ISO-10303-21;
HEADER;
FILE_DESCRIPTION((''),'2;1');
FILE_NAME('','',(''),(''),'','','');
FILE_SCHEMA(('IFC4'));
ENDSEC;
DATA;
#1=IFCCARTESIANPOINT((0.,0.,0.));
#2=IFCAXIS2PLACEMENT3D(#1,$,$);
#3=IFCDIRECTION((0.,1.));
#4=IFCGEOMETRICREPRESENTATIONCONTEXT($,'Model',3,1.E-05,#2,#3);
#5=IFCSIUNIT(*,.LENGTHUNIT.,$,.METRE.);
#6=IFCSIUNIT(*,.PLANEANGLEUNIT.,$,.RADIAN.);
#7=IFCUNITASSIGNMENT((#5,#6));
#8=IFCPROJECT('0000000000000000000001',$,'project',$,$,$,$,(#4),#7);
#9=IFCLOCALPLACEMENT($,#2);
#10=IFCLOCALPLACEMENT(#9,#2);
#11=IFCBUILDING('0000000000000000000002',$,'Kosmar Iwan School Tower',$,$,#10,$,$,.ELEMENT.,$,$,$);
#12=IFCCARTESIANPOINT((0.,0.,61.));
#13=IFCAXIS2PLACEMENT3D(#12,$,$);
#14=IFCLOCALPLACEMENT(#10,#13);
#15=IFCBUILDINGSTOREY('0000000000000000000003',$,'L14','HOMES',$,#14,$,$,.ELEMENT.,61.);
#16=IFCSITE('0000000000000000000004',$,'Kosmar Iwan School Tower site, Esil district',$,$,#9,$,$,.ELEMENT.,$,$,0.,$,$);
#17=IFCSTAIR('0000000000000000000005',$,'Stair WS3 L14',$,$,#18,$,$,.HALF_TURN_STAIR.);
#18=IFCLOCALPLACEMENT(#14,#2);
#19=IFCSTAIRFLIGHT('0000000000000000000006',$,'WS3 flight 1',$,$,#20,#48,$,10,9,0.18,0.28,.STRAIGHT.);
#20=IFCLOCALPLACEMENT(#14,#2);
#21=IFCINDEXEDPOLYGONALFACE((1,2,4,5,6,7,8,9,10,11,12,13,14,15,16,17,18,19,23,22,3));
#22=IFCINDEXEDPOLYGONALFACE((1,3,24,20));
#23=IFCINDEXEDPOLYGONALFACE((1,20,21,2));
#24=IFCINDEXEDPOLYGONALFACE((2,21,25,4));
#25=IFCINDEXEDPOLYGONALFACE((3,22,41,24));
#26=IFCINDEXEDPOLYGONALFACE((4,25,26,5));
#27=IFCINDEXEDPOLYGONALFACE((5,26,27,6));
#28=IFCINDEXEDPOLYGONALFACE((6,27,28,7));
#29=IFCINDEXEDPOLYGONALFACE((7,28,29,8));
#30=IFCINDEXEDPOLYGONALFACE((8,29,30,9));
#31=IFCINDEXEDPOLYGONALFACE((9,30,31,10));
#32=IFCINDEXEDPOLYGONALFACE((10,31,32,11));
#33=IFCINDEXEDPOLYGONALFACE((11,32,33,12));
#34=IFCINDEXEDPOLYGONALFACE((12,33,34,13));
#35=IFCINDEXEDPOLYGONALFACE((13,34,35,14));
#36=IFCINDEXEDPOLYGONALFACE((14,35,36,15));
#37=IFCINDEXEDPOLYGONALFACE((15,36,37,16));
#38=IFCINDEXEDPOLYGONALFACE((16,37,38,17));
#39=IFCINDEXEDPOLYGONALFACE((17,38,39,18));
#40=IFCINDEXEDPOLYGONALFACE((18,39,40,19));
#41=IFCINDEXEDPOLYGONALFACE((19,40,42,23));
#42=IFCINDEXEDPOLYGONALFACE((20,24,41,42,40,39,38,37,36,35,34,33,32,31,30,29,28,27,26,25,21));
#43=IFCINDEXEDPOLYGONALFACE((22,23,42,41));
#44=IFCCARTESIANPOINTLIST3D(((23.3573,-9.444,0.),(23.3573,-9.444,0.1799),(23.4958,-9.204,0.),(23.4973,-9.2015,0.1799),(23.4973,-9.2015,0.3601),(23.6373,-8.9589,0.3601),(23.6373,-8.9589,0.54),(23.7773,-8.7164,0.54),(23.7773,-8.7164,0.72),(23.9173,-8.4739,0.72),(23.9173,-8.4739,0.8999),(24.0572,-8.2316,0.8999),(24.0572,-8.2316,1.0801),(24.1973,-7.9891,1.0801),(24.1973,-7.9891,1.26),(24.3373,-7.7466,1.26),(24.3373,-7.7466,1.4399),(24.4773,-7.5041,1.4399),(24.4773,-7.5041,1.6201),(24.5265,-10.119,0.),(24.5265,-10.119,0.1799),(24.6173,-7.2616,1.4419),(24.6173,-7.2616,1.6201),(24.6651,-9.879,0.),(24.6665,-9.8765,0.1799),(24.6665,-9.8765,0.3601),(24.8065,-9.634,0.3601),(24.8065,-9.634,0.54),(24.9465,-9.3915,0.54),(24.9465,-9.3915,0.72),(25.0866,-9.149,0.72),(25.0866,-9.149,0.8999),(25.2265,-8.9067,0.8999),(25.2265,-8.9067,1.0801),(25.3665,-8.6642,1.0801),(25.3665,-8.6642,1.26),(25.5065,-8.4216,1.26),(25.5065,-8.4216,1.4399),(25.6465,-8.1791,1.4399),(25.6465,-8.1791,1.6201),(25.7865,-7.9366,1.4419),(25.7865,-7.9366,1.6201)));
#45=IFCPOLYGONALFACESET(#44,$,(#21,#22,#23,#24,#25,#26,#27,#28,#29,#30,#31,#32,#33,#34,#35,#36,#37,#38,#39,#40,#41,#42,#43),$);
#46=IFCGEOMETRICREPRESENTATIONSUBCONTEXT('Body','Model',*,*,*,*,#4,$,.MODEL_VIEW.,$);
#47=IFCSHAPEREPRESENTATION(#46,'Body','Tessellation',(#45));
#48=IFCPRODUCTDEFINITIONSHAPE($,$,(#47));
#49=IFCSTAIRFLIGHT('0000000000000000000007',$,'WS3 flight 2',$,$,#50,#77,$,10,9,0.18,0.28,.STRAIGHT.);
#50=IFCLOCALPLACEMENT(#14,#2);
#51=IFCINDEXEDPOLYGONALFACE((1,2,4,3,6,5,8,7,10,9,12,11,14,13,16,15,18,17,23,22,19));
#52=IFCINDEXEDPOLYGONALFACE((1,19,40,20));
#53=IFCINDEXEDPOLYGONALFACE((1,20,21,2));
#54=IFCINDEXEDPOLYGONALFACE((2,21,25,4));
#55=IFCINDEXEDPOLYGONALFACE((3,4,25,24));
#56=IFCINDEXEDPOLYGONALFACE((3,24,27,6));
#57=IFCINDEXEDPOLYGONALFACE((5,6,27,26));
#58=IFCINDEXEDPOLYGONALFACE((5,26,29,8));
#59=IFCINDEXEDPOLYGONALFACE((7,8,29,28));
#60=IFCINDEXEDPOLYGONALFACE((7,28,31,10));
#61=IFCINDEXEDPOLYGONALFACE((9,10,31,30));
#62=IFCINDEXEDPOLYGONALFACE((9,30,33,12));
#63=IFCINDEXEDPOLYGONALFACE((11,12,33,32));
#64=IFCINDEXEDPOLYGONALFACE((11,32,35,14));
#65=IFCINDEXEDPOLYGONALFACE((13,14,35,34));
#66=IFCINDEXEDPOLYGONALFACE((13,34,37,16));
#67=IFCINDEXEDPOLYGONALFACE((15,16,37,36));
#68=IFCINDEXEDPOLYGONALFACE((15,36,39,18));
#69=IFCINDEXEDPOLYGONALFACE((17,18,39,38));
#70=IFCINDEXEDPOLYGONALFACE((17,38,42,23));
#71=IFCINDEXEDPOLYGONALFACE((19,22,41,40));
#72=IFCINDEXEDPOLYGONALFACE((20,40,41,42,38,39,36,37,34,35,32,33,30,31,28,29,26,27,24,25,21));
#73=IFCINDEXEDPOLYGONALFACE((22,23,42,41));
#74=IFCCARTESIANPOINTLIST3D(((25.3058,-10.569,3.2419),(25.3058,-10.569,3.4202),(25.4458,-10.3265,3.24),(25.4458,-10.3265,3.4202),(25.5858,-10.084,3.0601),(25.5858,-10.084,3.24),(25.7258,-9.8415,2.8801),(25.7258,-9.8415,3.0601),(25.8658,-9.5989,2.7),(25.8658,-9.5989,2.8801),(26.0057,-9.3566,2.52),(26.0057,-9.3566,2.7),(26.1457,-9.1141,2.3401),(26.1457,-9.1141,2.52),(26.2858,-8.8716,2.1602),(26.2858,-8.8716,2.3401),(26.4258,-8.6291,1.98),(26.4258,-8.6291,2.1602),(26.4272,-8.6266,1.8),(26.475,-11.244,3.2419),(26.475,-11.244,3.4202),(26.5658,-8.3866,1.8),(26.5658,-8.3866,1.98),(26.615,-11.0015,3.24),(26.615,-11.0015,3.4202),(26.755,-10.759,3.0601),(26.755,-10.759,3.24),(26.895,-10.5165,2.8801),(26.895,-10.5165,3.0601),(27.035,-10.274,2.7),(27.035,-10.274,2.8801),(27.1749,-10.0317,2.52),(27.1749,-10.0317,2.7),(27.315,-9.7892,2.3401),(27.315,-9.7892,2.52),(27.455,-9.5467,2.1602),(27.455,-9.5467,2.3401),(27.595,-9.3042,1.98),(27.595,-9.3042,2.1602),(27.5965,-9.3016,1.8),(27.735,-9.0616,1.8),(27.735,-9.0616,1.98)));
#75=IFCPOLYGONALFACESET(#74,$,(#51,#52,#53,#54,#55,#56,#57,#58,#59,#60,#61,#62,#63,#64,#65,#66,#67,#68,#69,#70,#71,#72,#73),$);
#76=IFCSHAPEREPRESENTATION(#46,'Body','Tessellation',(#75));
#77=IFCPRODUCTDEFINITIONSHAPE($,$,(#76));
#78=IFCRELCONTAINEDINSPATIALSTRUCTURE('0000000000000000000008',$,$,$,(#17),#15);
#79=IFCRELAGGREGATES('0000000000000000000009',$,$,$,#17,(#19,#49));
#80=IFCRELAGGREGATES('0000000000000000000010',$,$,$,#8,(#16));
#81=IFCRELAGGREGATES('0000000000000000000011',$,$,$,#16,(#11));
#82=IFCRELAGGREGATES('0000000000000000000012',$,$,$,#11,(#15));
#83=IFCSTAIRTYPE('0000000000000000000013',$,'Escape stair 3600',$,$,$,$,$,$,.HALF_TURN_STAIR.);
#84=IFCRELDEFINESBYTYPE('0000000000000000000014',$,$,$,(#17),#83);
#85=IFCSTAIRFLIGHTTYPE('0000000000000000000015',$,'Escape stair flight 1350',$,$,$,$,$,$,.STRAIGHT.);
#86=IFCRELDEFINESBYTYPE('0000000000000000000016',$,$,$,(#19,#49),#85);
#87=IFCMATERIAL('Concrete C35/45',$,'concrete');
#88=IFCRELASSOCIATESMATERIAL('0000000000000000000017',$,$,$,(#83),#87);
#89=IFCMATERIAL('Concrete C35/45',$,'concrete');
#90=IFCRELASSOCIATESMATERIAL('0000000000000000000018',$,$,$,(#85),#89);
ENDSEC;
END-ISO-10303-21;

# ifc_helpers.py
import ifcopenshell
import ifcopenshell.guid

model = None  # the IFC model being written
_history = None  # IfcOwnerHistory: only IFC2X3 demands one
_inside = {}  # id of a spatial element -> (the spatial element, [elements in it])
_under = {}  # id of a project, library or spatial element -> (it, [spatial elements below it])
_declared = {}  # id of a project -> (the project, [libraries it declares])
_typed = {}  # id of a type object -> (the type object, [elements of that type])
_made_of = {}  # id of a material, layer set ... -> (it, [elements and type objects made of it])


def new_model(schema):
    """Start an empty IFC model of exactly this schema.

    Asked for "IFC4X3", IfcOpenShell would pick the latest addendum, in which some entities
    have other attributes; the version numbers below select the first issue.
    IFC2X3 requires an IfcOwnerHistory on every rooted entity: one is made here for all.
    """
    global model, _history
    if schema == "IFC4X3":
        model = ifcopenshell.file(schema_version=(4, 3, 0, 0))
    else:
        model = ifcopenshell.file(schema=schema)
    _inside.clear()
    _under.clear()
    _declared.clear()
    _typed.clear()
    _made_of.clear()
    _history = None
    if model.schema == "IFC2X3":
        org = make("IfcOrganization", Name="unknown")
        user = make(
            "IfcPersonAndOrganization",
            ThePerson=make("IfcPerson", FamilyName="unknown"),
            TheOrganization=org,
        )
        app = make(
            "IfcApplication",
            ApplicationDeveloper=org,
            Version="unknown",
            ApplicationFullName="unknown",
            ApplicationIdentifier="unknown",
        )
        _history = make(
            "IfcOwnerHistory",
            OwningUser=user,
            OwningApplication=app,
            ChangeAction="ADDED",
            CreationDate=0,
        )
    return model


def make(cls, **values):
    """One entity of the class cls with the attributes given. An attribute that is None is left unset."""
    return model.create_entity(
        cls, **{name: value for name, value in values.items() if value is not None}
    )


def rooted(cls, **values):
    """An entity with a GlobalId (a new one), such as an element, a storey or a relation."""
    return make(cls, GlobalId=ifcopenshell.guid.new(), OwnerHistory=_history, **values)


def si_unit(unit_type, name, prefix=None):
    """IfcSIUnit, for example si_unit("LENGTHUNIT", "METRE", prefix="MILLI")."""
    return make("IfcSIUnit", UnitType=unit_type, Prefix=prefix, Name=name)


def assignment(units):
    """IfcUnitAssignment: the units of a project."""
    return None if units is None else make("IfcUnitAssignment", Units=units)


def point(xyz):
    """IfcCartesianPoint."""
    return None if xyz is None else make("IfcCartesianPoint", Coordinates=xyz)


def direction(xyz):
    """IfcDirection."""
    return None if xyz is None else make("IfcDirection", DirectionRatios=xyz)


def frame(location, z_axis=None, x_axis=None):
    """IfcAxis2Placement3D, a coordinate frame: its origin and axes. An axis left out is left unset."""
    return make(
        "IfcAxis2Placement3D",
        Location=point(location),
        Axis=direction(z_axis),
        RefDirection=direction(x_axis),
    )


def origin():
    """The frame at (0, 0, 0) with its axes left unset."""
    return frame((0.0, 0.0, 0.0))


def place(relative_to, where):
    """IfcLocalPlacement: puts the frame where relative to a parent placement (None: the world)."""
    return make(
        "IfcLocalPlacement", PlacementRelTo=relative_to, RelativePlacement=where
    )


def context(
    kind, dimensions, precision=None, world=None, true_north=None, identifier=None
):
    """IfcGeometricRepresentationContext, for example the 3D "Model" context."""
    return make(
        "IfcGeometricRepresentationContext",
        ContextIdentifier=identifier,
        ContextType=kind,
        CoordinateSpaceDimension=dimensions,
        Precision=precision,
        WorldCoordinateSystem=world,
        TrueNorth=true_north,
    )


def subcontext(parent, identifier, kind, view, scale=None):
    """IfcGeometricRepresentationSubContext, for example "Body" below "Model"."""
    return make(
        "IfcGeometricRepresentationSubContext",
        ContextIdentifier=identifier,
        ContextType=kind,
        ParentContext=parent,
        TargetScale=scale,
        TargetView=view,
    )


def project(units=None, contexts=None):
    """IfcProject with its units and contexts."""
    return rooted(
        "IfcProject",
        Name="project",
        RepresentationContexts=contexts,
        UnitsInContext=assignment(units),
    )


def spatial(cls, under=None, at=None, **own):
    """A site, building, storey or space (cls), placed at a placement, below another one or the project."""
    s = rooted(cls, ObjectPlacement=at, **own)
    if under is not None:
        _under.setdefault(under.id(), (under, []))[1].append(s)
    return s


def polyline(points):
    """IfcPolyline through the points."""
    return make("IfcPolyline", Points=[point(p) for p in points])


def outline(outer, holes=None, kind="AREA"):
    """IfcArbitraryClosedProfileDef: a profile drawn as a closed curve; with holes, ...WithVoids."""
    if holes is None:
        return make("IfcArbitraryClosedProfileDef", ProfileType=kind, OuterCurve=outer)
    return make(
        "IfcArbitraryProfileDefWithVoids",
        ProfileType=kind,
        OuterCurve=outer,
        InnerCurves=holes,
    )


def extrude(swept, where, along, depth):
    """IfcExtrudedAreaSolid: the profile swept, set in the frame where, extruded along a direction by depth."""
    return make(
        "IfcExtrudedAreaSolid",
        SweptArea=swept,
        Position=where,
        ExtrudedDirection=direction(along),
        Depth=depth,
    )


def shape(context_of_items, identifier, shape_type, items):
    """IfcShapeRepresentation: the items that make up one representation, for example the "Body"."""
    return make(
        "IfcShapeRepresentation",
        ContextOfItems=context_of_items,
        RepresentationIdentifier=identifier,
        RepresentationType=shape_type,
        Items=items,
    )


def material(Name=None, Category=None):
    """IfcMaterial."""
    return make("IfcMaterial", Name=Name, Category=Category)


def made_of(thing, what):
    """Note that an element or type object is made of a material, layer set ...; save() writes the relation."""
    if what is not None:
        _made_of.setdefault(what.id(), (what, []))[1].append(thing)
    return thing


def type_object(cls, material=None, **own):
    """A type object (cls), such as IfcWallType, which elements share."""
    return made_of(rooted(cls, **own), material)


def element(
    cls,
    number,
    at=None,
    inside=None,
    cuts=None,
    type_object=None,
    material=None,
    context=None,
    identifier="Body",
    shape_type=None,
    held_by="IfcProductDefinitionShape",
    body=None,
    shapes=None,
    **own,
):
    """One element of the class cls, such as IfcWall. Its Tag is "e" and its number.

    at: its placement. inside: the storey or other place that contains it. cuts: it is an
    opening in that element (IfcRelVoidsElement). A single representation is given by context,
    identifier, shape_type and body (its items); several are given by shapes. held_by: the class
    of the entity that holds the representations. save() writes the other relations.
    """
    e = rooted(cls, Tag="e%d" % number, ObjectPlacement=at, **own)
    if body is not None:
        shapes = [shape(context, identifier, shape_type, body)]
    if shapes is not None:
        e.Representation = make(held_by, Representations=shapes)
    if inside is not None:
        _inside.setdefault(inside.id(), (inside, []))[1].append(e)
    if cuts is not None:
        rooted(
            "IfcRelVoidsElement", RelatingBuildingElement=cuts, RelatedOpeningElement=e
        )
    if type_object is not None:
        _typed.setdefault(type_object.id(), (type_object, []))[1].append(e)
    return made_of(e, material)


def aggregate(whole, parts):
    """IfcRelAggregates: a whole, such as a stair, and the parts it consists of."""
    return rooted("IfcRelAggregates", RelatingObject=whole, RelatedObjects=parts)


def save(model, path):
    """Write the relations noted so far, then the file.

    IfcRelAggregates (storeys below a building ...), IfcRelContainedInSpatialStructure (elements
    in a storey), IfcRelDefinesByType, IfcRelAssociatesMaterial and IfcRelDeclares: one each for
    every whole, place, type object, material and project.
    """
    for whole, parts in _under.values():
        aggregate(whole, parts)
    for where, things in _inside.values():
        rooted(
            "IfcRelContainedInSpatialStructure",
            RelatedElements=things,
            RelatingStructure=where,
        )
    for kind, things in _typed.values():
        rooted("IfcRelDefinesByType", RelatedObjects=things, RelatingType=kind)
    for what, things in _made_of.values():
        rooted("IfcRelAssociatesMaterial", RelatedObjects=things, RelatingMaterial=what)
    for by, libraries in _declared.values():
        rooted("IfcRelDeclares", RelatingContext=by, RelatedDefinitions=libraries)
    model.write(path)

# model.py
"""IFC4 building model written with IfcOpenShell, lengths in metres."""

from ifc_helpers import new_model, si_unit, direction, frame, origin, place, context, subcontext, project, spatial, polyline, outline, extrude, material, type_object, element, aggregate, save


model = new_model("IFC4")

# Units and contexts
model_context = context("Model", 3, precision=1e-05, world=origin(), true_north=direction((0.0, 1.0)))
body_context = subcontext(model_context, "Body", "Model", "MODEL_VIEW")
ifc_project = project(units=[si_unit("LENGTHUNIT", "METRE"), si_unit("PLANEANGLEUNIT", "RADIAN")], contexts=[model_context])

# Site, building, storey
site_placement = place(None, origin())
site = spatial("IfcSite", under=ifc_project, at=site_placement, Name="Kosmar Iwan School Tower site, Esil district", CompositionType="ELEMENT", RefElevation=0.0)
building_placement = place(site_placement, origin())
building = spatial("IfcBuilding", under=site, at=building_placement, Name="Kosmar Iwan School Tower", CompositionType="ELEMENT")
storey_placement = place(building_placement, frame((0.0, 0.0, 61.0)))
storey = spatial("IfcBuildingStorey", under=building, at=storey_placement, Name="L14", Description="HOMES", CompositionType="ELEMENT", Elevation=61.0)

# Stair, stair flights
ifc_material_1 = material(Name="Concrete C35/45", Category="concrete")
stair_type = type_object("IfcStairType", Name="Escape stair 3600", PredefinedType="HALF_TURN_STAIR", material=ifc_material_1)
stair_placement = place(storey_placement, origin())
stair = element("IfcStair", 1, at=stair_placement, inside=storey, type_object=stair_type, Name="Stair WS3 L14", PredefinedType="HALF_TURN_STAIR")
ifc_material_2 = material(Name="Concrete C35/45", Category="concrete")
stair_flight_type = type_object("IfcStairFlightType", Name="Escape stair flight 1350", PredefinedType="STRAIGHT", material=ifc_material_2)
stair_flight_1_placement = place(storey_placement, frame((23.9419, -9.7815, 0.0), z_axis=(0.0, 0.0, 1.0), x_axis=(0.5, 0.866025, 0.0)))
stair_flight_1 = element("IfcStairFlight", 2, at=stair_flight_1_placement, type_object=stair_flight_type, Name="WS3 flight 1", NumberOfRisers=10, NumberOfTreads=9, PredefinedType="STRAIGHT", RiserHeight=0.18, TreadLength=0.28, context=body_context, shape_type="SweptSolid", body=[
    extrude(outline(polyline([(0.0, 0.0), (0.0, 0.1799), (0.28, 0.1799), (0.28, 0.3601), (0.5601, 0.3601), (0.5601, 0.54), (0.8401, 0.54), (0.8401, 0.72), (1.1201, 0.72), (1.1201, 0.8999), (1.3999, 0.8999), (1.3999, 1.0801), (1.6799, 1.0801), (1.6799, 1.26), (1.96, 1.26), (1.96, 1.4399), (2.24, 1.4399), (2.24, 1.6201), (2.52, 1.6201), (2.52, 1.8), (2.52, 1.4419), (0.2771, 0.0), (0.0, 0.0)])), frame((0.0, 0.675, 0.0), z_axis=(0.0, -1.0, 0.0), x_axis=(1.0, 0.0, 0.0)), (0.0, 0.0, 1.0), 1.3501),
])
stair_flight_2_placement = place(storey_placement, frame((27.1504, -8.7241, 1.8), z_axis=(0.0, 0.0, 1.0), x_axis=(-0.5, -0.866025, 0.0)))
stair_flight_2 = element("IfcStairFlight", 3, at=stair_flight_2_placement, type_object=stair_flight_type, Name="WS3 flight 2", NumberOfRisers=10, NumberOfTreads=9, PredefinedType="STRAIGHT", RiserHeight=0.18, TreadLength=0.28, context=body_context, shape_type="SweptSolid", body=[
    extrude(outline(polyline([(0.0, 0.0), (0.0, 0.1799), (0.28, 0.1799), (0.28, 0.3601), (0.5601, 0.3601), (0.5601, 0.54), (0.8401, 0.54), (0.8401, 0.72), (1.1201, 0.72), (1.1201, 0.8999), (1.3999, 0.8999), (1.3999, 1.0801), (1.6799, 1.0801), (1.6799, 1.26), (1.96, 1.26), (1.96, 1.4399), (2.24, 1.4399), (2.24, 1.6201), (2.52, 1.6201), (2.52, 1.8), (2.52, 1.4419), (0.2771, 0.0), (0.0, 0.0)])), frame((0.0, 0.675, 0.0), z_axis=(0.0, -1.0, 0.0), x_axis=(1.0, 0.0, 0.0)), (0.0, 0.0, 1.0), 1.3501),
])
aggregate(stair, [stair_flight_1, stair_flight_2])

save(model, "model.ifc")
